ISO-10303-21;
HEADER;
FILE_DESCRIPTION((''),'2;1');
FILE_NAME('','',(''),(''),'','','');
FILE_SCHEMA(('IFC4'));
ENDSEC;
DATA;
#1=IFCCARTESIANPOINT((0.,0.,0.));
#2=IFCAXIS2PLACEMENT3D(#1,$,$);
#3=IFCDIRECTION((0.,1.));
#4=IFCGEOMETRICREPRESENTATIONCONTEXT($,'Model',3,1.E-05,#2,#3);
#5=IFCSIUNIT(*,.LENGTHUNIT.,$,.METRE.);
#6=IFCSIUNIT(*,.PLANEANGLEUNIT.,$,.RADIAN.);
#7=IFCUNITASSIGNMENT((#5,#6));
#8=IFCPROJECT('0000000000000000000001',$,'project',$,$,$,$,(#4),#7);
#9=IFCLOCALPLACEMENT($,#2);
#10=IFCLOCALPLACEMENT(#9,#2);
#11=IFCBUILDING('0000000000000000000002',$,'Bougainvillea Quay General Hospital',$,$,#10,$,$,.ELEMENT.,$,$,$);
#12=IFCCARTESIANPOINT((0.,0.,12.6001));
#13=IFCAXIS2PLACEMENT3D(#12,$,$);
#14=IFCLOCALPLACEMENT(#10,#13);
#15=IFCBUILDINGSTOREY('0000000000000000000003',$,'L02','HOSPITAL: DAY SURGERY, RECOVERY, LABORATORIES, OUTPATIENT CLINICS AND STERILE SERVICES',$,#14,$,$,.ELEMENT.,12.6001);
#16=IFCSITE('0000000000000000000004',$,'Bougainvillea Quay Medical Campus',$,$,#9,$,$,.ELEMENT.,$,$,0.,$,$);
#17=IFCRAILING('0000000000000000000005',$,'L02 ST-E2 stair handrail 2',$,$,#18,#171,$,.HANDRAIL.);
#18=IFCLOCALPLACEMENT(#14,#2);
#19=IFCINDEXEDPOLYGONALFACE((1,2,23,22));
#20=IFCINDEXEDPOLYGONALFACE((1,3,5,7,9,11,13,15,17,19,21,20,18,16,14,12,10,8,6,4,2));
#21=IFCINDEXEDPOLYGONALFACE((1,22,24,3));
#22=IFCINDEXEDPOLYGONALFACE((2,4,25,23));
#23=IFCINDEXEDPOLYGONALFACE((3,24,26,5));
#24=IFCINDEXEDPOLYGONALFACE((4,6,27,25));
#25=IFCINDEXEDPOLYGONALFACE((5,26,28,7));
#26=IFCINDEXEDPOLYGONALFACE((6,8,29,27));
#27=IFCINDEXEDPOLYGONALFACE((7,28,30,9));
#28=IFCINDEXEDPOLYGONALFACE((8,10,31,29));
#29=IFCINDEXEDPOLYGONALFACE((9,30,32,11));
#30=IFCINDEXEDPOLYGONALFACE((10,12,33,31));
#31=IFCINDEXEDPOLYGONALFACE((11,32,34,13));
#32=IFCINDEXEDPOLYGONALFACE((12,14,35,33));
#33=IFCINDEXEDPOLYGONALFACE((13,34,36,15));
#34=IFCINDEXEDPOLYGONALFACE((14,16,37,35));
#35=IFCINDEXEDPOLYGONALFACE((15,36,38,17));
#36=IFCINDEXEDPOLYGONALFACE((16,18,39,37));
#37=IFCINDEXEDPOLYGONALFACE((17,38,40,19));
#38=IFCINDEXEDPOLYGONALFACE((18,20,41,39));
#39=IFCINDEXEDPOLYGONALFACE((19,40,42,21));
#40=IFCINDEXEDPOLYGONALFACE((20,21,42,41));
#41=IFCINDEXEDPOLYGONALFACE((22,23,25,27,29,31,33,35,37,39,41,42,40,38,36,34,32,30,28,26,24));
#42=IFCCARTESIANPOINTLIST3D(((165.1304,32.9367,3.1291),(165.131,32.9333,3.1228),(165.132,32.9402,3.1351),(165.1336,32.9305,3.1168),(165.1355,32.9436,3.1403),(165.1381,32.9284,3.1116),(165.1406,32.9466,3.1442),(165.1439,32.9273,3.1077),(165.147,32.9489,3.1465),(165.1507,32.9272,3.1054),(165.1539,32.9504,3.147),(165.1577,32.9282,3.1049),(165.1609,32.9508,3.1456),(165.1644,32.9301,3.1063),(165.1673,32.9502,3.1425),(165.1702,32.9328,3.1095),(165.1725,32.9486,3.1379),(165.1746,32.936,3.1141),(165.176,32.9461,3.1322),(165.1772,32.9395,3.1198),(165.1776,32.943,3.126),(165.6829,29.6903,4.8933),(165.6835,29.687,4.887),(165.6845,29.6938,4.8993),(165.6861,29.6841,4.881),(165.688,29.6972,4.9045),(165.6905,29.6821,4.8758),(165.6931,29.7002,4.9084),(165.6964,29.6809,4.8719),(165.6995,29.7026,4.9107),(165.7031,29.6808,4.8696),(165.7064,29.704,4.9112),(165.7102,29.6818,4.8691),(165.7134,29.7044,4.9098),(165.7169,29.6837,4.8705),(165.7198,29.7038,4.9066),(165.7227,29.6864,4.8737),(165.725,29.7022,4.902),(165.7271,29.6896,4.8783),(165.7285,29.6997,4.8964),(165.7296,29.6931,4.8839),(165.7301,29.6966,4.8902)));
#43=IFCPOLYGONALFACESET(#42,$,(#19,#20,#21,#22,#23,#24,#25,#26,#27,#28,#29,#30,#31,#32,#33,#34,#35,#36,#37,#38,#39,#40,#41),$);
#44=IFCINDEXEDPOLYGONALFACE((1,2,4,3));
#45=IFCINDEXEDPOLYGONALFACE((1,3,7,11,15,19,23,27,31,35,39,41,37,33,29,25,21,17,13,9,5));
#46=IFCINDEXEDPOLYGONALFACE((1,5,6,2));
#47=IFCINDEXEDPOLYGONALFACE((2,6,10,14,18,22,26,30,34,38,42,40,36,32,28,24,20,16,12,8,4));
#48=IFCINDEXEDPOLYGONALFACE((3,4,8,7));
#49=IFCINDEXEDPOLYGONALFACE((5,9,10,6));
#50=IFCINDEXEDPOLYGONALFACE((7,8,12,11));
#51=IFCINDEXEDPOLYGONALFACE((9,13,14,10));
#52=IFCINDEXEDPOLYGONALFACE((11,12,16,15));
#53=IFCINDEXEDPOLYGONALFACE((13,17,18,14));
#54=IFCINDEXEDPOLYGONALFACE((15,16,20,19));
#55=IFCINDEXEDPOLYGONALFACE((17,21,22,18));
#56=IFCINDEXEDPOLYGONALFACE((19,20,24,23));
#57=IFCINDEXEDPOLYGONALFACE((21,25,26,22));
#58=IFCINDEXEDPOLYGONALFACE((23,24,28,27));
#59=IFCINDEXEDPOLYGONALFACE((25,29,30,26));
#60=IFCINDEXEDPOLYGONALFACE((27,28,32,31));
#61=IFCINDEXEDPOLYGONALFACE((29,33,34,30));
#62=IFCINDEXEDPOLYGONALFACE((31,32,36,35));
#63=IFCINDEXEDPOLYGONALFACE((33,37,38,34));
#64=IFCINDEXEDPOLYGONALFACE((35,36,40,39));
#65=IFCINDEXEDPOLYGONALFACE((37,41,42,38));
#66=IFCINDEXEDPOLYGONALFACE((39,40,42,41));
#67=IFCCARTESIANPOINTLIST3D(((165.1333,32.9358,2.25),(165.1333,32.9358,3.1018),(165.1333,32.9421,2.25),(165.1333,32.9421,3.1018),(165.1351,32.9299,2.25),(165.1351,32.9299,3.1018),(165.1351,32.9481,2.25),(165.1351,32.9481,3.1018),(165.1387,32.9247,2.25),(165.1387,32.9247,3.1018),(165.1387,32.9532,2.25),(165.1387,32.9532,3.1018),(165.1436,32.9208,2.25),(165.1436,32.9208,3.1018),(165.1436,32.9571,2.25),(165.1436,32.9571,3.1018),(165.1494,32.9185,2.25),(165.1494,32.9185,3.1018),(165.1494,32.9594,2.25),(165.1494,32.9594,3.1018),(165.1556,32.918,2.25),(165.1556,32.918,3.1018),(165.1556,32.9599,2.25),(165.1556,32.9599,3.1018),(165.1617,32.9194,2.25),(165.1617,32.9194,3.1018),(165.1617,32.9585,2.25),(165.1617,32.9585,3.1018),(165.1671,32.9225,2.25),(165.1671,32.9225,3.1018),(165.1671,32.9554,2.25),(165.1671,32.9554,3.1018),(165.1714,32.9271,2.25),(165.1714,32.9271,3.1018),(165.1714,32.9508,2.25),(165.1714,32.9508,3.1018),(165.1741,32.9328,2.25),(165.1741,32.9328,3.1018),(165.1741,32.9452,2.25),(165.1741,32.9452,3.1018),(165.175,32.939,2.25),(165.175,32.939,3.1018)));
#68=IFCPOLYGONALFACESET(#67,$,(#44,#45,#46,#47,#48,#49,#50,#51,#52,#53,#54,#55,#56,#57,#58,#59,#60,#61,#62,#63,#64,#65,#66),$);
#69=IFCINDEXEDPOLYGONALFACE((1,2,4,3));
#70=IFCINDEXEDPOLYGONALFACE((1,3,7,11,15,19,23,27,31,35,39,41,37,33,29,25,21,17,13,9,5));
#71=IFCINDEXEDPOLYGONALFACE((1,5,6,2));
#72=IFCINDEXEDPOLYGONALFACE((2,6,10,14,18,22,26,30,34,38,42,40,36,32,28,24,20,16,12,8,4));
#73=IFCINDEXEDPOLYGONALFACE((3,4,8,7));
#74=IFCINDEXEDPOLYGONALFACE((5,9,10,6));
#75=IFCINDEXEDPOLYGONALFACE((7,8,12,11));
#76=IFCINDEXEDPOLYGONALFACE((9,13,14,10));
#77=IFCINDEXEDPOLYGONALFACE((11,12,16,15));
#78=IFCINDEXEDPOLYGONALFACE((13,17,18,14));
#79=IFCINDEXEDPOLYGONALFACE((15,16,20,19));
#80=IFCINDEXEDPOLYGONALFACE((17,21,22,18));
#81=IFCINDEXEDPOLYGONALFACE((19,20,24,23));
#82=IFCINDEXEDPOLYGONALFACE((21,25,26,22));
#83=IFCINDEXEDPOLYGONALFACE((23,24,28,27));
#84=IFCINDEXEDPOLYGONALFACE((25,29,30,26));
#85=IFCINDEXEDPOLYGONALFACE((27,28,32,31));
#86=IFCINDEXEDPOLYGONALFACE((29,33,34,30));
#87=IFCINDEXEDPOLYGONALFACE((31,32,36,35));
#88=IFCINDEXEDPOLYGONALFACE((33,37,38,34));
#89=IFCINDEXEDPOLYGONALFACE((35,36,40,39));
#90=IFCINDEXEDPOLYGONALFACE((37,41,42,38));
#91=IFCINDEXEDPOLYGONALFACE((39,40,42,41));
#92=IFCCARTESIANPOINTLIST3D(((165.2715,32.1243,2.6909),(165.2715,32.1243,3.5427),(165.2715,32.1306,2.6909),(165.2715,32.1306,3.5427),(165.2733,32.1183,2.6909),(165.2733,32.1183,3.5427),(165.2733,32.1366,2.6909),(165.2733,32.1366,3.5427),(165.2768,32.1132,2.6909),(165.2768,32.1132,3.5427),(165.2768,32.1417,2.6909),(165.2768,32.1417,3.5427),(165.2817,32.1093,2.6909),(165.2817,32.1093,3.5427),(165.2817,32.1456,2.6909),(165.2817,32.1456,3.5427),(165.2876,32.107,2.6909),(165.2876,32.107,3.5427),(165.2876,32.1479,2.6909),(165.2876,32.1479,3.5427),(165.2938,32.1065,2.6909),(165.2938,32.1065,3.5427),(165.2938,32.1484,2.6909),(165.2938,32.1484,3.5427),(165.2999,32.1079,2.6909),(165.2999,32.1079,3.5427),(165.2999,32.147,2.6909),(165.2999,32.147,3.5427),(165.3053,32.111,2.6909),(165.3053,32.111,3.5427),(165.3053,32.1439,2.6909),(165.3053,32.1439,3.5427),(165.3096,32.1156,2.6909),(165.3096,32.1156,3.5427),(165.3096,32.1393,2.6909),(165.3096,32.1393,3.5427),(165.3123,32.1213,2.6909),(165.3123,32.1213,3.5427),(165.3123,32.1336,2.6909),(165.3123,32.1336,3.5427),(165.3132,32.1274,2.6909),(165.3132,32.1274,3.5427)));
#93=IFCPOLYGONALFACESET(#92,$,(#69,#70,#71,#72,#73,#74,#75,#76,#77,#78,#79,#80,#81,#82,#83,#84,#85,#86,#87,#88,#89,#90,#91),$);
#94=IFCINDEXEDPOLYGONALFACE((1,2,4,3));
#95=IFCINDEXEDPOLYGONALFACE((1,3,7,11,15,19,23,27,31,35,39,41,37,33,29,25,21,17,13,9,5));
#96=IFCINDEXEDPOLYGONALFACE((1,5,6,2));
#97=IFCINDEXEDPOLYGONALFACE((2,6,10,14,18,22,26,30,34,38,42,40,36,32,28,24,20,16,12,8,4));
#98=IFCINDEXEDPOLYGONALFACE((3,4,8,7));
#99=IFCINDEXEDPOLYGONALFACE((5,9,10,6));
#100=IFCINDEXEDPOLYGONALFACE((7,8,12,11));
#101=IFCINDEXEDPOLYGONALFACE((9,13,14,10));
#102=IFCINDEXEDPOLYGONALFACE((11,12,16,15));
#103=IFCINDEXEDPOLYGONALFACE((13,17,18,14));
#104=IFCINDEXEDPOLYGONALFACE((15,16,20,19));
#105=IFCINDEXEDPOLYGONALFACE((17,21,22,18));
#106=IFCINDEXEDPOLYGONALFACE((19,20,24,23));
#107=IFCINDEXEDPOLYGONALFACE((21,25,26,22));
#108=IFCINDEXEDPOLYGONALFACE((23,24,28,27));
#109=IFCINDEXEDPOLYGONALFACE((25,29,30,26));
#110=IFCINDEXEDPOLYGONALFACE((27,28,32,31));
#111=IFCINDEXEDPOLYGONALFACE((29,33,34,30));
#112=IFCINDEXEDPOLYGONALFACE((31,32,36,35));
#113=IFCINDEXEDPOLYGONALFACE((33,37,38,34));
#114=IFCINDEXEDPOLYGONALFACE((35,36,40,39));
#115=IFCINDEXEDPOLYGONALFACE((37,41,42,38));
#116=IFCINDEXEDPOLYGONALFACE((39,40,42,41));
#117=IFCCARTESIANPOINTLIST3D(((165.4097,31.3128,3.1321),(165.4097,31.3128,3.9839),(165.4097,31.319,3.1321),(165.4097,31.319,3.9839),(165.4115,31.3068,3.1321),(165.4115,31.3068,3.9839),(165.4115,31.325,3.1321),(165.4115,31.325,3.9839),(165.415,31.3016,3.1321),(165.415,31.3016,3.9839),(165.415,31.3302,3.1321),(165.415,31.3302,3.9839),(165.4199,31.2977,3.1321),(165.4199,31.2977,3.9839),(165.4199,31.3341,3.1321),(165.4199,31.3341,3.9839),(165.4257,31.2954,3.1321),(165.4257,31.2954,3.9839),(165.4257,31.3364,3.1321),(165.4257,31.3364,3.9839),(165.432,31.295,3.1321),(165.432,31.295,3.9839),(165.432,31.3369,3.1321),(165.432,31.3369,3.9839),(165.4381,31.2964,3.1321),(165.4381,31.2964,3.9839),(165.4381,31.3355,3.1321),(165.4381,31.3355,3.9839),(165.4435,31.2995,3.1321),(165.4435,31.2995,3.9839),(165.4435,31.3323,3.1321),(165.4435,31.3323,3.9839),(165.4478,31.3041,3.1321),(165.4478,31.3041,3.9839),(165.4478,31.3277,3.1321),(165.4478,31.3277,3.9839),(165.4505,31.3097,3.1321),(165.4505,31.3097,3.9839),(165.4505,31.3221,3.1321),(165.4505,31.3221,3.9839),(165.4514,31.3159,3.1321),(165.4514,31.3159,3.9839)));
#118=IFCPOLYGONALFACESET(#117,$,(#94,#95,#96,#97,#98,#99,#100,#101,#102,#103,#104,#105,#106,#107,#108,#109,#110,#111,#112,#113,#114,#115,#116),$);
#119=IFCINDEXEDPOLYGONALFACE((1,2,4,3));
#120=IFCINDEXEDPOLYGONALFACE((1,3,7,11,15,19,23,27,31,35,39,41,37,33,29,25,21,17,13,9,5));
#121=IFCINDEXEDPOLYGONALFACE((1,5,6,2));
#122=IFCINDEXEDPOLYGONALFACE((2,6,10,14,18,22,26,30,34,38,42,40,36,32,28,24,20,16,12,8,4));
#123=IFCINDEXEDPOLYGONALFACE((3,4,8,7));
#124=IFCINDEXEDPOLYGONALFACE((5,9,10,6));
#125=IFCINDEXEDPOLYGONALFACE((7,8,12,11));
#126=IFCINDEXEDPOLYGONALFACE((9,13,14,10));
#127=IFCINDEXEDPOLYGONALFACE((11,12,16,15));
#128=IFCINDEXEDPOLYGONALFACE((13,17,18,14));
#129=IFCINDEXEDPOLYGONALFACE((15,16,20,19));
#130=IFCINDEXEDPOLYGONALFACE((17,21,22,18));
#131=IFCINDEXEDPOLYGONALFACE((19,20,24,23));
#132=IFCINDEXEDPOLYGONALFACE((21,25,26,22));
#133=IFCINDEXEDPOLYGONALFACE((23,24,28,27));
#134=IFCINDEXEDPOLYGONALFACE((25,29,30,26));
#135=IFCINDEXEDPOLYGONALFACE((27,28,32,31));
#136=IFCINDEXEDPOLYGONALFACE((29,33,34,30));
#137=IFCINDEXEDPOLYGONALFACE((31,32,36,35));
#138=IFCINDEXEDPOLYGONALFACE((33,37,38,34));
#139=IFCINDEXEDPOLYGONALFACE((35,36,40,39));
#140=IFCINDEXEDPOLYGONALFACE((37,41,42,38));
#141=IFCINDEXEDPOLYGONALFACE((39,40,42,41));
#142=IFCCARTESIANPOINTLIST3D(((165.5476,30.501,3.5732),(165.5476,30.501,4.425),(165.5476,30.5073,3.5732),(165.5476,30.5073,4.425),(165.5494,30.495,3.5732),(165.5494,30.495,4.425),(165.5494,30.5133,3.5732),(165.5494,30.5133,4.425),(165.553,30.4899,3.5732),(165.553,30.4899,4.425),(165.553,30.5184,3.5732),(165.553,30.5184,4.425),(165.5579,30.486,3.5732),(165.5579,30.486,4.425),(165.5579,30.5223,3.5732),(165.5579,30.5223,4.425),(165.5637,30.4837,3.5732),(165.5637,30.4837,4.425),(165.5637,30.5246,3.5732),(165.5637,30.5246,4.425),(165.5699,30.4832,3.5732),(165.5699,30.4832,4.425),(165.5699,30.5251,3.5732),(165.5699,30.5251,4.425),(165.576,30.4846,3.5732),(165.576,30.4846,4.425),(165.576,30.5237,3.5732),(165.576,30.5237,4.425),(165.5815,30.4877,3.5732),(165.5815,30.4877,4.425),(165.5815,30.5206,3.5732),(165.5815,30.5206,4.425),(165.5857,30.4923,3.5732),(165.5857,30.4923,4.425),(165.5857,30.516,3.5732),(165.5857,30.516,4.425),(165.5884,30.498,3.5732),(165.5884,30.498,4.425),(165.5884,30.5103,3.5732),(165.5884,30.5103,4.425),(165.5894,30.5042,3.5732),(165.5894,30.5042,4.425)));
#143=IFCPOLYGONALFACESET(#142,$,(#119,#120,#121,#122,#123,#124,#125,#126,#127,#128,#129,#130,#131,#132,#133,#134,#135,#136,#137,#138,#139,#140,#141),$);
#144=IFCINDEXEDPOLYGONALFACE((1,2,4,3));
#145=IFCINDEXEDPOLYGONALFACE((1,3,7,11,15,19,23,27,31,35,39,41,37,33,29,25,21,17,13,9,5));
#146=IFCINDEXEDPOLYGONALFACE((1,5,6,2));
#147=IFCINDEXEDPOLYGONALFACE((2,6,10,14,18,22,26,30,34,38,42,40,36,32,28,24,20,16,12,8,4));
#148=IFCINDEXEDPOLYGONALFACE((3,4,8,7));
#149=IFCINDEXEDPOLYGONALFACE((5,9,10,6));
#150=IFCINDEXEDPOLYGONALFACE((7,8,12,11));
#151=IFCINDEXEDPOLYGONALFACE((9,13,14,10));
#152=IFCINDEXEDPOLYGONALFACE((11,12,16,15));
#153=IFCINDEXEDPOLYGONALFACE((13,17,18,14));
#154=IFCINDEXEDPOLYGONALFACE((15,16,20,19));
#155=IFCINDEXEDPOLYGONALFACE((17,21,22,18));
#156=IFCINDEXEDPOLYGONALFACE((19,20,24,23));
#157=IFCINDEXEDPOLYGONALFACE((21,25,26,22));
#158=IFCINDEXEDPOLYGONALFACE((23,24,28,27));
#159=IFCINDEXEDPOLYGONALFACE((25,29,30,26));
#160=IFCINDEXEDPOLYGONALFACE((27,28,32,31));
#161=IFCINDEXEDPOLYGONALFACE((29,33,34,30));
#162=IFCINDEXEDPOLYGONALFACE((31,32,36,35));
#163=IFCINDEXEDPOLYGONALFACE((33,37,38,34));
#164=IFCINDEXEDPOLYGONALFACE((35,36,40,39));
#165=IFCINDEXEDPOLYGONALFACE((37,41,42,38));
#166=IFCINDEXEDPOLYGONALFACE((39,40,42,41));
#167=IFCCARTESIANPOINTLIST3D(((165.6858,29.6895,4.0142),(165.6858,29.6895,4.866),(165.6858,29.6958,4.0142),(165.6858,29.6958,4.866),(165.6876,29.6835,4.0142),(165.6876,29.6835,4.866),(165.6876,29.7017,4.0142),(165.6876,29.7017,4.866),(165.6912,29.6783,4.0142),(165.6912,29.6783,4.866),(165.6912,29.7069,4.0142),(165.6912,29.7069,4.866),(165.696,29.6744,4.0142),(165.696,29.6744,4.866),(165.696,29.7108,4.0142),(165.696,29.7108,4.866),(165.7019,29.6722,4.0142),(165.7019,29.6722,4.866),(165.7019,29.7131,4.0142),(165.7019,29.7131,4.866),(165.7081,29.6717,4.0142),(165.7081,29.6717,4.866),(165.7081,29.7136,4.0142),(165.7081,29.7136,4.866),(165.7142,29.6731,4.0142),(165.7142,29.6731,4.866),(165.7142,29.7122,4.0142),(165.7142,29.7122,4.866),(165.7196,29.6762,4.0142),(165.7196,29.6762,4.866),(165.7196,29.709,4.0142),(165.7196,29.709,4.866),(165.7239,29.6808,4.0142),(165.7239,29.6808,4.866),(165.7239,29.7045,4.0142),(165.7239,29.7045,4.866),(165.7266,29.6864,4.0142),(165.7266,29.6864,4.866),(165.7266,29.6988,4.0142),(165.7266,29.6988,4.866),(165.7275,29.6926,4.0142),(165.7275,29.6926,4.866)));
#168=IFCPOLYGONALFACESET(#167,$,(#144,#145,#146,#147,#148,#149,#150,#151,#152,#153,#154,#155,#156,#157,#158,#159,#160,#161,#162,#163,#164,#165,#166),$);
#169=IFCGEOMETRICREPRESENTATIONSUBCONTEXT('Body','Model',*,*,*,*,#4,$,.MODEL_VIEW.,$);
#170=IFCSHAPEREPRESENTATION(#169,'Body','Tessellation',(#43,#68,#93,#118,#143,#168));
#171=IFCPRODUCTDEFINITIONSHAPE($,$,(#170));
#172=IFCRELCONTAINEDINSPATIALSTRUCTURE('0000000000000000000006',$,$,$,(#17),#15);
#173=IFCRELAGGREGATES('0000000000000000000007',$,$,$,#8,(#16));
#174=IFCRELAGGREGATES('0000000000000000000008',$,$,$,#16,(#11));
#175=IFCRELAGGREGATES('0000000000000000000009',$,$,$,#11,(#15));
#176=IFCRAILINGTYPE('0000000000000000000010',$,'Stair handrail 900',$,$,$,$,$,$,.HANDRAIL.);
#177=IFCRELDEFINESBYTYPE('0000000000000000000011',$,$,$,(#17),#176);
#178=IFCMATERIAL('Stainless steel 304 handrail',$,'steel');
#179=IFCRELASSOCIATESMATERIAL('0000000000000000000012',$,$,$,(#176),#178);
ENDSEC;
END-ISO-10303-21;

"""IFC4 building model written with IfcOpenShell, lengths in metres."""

from ifc_helpers import new_model, si_unit, direction, frame, origin, origin_2d, place, context, subcontext, project, spatial, circle, extrude, material, type_object, element, save


model = new_model("IFC4")

# Units and contexts
model_context = context("Model", 3, precision=1e-05, world=origin(), true_north=direction((0.0, 1.0)))
body_context = subcontext(model_context, "Body", "Model", "MODEL_VIEW")
ifc_project = project(units=[si_unit("LENGTHUNIT", "METRE"), si_unit("PLANEANGLEUNIT", "RADIAN")], contexts=[model_context])

# Site, building, storey
site_placement = place(None, origin())
site = spatial("IfcSite", under=ifc_project, at=site_placement, Name="Bougainvillea Quay Medical Campus", CompositionType="ELEMENT", RefElevation=0.0)
building_placement = place(site_placement, origin())
building = spatial("IfcBuilding", under=site, at=building_placement, Name="Bougainvillea Quay General Hospital", CompositionType="ELEMENT")
storey_placement = place(building_placement, frame((0.0, 0.0, 12.6001)))
storey = spatial("IfcBuildingStorey", under=building, at=storey_placement, Name="L02", Description="HOSPITAL: DAY SURGERY, RECOVERY, LABORATORIES, OUTPATIENT CLINICS AND STERILE SERVICES", CompositionType="ELEMENT", Elevation=12.6001)

# Railing
ifc_material_1 = material(Name="Stainless steel 304 handrail", Category="steel")
railing_type = type_object("IfcRailingType", Name="Stair handrail 900", PredefinedType="HANDRAIL", material=ifc_material_1)
railing_placement = place(storey_placement, frame((165.1541, 32.939, 2.25)))
element("IfcRailing", 1, at=railing_placement, inside=storey, type_object=railing_type, Name="L02 ST-E2 stair handrail 2", PredefinedType="HANDRAIL", context=body_context, shape_type="SweptSolid", body=[
    extrude(circle(Radius=0.0239, at=origin_2d()), frame((0.0, 0.0, 0.876), z_axis=(0.147891, -0.86898, 0.472231), x_axis=(0.985825, 0.167776, 0.0)), (0.0, 0.0, 1.0), 3.7358),
    extrude(circle(Radius=0.021, at=origin_2d()), origin(), (0.0, 0.0, 1.0), 0.8518),
    extrude(circle(Radius=0.021, at=origin_2d()), frame((0.1382, -0.8115, 0.4409)), (0.0, 0.0, 1.0), 0.8518),
    extrude(circle(Radius=0.021, at=origin_2d()), frame((0.2764, -1.623, 0.8821)), (0.0, 0.0, 1.0), 0.8518),
    extrude(circle(Radius=0.021, at=origin_2d()), frame((0.4143, -2.4348, 1.3232)), (0.0, 0.0, 1.0), 0.8518),
    extrude(circle(Radius=0.021, at=origin_2d()), frame((0.5525, -3.2463, 1.7642)), (0.0, 0.0, 1.0), 0.8518),
])

save(model, "model.ifc")
